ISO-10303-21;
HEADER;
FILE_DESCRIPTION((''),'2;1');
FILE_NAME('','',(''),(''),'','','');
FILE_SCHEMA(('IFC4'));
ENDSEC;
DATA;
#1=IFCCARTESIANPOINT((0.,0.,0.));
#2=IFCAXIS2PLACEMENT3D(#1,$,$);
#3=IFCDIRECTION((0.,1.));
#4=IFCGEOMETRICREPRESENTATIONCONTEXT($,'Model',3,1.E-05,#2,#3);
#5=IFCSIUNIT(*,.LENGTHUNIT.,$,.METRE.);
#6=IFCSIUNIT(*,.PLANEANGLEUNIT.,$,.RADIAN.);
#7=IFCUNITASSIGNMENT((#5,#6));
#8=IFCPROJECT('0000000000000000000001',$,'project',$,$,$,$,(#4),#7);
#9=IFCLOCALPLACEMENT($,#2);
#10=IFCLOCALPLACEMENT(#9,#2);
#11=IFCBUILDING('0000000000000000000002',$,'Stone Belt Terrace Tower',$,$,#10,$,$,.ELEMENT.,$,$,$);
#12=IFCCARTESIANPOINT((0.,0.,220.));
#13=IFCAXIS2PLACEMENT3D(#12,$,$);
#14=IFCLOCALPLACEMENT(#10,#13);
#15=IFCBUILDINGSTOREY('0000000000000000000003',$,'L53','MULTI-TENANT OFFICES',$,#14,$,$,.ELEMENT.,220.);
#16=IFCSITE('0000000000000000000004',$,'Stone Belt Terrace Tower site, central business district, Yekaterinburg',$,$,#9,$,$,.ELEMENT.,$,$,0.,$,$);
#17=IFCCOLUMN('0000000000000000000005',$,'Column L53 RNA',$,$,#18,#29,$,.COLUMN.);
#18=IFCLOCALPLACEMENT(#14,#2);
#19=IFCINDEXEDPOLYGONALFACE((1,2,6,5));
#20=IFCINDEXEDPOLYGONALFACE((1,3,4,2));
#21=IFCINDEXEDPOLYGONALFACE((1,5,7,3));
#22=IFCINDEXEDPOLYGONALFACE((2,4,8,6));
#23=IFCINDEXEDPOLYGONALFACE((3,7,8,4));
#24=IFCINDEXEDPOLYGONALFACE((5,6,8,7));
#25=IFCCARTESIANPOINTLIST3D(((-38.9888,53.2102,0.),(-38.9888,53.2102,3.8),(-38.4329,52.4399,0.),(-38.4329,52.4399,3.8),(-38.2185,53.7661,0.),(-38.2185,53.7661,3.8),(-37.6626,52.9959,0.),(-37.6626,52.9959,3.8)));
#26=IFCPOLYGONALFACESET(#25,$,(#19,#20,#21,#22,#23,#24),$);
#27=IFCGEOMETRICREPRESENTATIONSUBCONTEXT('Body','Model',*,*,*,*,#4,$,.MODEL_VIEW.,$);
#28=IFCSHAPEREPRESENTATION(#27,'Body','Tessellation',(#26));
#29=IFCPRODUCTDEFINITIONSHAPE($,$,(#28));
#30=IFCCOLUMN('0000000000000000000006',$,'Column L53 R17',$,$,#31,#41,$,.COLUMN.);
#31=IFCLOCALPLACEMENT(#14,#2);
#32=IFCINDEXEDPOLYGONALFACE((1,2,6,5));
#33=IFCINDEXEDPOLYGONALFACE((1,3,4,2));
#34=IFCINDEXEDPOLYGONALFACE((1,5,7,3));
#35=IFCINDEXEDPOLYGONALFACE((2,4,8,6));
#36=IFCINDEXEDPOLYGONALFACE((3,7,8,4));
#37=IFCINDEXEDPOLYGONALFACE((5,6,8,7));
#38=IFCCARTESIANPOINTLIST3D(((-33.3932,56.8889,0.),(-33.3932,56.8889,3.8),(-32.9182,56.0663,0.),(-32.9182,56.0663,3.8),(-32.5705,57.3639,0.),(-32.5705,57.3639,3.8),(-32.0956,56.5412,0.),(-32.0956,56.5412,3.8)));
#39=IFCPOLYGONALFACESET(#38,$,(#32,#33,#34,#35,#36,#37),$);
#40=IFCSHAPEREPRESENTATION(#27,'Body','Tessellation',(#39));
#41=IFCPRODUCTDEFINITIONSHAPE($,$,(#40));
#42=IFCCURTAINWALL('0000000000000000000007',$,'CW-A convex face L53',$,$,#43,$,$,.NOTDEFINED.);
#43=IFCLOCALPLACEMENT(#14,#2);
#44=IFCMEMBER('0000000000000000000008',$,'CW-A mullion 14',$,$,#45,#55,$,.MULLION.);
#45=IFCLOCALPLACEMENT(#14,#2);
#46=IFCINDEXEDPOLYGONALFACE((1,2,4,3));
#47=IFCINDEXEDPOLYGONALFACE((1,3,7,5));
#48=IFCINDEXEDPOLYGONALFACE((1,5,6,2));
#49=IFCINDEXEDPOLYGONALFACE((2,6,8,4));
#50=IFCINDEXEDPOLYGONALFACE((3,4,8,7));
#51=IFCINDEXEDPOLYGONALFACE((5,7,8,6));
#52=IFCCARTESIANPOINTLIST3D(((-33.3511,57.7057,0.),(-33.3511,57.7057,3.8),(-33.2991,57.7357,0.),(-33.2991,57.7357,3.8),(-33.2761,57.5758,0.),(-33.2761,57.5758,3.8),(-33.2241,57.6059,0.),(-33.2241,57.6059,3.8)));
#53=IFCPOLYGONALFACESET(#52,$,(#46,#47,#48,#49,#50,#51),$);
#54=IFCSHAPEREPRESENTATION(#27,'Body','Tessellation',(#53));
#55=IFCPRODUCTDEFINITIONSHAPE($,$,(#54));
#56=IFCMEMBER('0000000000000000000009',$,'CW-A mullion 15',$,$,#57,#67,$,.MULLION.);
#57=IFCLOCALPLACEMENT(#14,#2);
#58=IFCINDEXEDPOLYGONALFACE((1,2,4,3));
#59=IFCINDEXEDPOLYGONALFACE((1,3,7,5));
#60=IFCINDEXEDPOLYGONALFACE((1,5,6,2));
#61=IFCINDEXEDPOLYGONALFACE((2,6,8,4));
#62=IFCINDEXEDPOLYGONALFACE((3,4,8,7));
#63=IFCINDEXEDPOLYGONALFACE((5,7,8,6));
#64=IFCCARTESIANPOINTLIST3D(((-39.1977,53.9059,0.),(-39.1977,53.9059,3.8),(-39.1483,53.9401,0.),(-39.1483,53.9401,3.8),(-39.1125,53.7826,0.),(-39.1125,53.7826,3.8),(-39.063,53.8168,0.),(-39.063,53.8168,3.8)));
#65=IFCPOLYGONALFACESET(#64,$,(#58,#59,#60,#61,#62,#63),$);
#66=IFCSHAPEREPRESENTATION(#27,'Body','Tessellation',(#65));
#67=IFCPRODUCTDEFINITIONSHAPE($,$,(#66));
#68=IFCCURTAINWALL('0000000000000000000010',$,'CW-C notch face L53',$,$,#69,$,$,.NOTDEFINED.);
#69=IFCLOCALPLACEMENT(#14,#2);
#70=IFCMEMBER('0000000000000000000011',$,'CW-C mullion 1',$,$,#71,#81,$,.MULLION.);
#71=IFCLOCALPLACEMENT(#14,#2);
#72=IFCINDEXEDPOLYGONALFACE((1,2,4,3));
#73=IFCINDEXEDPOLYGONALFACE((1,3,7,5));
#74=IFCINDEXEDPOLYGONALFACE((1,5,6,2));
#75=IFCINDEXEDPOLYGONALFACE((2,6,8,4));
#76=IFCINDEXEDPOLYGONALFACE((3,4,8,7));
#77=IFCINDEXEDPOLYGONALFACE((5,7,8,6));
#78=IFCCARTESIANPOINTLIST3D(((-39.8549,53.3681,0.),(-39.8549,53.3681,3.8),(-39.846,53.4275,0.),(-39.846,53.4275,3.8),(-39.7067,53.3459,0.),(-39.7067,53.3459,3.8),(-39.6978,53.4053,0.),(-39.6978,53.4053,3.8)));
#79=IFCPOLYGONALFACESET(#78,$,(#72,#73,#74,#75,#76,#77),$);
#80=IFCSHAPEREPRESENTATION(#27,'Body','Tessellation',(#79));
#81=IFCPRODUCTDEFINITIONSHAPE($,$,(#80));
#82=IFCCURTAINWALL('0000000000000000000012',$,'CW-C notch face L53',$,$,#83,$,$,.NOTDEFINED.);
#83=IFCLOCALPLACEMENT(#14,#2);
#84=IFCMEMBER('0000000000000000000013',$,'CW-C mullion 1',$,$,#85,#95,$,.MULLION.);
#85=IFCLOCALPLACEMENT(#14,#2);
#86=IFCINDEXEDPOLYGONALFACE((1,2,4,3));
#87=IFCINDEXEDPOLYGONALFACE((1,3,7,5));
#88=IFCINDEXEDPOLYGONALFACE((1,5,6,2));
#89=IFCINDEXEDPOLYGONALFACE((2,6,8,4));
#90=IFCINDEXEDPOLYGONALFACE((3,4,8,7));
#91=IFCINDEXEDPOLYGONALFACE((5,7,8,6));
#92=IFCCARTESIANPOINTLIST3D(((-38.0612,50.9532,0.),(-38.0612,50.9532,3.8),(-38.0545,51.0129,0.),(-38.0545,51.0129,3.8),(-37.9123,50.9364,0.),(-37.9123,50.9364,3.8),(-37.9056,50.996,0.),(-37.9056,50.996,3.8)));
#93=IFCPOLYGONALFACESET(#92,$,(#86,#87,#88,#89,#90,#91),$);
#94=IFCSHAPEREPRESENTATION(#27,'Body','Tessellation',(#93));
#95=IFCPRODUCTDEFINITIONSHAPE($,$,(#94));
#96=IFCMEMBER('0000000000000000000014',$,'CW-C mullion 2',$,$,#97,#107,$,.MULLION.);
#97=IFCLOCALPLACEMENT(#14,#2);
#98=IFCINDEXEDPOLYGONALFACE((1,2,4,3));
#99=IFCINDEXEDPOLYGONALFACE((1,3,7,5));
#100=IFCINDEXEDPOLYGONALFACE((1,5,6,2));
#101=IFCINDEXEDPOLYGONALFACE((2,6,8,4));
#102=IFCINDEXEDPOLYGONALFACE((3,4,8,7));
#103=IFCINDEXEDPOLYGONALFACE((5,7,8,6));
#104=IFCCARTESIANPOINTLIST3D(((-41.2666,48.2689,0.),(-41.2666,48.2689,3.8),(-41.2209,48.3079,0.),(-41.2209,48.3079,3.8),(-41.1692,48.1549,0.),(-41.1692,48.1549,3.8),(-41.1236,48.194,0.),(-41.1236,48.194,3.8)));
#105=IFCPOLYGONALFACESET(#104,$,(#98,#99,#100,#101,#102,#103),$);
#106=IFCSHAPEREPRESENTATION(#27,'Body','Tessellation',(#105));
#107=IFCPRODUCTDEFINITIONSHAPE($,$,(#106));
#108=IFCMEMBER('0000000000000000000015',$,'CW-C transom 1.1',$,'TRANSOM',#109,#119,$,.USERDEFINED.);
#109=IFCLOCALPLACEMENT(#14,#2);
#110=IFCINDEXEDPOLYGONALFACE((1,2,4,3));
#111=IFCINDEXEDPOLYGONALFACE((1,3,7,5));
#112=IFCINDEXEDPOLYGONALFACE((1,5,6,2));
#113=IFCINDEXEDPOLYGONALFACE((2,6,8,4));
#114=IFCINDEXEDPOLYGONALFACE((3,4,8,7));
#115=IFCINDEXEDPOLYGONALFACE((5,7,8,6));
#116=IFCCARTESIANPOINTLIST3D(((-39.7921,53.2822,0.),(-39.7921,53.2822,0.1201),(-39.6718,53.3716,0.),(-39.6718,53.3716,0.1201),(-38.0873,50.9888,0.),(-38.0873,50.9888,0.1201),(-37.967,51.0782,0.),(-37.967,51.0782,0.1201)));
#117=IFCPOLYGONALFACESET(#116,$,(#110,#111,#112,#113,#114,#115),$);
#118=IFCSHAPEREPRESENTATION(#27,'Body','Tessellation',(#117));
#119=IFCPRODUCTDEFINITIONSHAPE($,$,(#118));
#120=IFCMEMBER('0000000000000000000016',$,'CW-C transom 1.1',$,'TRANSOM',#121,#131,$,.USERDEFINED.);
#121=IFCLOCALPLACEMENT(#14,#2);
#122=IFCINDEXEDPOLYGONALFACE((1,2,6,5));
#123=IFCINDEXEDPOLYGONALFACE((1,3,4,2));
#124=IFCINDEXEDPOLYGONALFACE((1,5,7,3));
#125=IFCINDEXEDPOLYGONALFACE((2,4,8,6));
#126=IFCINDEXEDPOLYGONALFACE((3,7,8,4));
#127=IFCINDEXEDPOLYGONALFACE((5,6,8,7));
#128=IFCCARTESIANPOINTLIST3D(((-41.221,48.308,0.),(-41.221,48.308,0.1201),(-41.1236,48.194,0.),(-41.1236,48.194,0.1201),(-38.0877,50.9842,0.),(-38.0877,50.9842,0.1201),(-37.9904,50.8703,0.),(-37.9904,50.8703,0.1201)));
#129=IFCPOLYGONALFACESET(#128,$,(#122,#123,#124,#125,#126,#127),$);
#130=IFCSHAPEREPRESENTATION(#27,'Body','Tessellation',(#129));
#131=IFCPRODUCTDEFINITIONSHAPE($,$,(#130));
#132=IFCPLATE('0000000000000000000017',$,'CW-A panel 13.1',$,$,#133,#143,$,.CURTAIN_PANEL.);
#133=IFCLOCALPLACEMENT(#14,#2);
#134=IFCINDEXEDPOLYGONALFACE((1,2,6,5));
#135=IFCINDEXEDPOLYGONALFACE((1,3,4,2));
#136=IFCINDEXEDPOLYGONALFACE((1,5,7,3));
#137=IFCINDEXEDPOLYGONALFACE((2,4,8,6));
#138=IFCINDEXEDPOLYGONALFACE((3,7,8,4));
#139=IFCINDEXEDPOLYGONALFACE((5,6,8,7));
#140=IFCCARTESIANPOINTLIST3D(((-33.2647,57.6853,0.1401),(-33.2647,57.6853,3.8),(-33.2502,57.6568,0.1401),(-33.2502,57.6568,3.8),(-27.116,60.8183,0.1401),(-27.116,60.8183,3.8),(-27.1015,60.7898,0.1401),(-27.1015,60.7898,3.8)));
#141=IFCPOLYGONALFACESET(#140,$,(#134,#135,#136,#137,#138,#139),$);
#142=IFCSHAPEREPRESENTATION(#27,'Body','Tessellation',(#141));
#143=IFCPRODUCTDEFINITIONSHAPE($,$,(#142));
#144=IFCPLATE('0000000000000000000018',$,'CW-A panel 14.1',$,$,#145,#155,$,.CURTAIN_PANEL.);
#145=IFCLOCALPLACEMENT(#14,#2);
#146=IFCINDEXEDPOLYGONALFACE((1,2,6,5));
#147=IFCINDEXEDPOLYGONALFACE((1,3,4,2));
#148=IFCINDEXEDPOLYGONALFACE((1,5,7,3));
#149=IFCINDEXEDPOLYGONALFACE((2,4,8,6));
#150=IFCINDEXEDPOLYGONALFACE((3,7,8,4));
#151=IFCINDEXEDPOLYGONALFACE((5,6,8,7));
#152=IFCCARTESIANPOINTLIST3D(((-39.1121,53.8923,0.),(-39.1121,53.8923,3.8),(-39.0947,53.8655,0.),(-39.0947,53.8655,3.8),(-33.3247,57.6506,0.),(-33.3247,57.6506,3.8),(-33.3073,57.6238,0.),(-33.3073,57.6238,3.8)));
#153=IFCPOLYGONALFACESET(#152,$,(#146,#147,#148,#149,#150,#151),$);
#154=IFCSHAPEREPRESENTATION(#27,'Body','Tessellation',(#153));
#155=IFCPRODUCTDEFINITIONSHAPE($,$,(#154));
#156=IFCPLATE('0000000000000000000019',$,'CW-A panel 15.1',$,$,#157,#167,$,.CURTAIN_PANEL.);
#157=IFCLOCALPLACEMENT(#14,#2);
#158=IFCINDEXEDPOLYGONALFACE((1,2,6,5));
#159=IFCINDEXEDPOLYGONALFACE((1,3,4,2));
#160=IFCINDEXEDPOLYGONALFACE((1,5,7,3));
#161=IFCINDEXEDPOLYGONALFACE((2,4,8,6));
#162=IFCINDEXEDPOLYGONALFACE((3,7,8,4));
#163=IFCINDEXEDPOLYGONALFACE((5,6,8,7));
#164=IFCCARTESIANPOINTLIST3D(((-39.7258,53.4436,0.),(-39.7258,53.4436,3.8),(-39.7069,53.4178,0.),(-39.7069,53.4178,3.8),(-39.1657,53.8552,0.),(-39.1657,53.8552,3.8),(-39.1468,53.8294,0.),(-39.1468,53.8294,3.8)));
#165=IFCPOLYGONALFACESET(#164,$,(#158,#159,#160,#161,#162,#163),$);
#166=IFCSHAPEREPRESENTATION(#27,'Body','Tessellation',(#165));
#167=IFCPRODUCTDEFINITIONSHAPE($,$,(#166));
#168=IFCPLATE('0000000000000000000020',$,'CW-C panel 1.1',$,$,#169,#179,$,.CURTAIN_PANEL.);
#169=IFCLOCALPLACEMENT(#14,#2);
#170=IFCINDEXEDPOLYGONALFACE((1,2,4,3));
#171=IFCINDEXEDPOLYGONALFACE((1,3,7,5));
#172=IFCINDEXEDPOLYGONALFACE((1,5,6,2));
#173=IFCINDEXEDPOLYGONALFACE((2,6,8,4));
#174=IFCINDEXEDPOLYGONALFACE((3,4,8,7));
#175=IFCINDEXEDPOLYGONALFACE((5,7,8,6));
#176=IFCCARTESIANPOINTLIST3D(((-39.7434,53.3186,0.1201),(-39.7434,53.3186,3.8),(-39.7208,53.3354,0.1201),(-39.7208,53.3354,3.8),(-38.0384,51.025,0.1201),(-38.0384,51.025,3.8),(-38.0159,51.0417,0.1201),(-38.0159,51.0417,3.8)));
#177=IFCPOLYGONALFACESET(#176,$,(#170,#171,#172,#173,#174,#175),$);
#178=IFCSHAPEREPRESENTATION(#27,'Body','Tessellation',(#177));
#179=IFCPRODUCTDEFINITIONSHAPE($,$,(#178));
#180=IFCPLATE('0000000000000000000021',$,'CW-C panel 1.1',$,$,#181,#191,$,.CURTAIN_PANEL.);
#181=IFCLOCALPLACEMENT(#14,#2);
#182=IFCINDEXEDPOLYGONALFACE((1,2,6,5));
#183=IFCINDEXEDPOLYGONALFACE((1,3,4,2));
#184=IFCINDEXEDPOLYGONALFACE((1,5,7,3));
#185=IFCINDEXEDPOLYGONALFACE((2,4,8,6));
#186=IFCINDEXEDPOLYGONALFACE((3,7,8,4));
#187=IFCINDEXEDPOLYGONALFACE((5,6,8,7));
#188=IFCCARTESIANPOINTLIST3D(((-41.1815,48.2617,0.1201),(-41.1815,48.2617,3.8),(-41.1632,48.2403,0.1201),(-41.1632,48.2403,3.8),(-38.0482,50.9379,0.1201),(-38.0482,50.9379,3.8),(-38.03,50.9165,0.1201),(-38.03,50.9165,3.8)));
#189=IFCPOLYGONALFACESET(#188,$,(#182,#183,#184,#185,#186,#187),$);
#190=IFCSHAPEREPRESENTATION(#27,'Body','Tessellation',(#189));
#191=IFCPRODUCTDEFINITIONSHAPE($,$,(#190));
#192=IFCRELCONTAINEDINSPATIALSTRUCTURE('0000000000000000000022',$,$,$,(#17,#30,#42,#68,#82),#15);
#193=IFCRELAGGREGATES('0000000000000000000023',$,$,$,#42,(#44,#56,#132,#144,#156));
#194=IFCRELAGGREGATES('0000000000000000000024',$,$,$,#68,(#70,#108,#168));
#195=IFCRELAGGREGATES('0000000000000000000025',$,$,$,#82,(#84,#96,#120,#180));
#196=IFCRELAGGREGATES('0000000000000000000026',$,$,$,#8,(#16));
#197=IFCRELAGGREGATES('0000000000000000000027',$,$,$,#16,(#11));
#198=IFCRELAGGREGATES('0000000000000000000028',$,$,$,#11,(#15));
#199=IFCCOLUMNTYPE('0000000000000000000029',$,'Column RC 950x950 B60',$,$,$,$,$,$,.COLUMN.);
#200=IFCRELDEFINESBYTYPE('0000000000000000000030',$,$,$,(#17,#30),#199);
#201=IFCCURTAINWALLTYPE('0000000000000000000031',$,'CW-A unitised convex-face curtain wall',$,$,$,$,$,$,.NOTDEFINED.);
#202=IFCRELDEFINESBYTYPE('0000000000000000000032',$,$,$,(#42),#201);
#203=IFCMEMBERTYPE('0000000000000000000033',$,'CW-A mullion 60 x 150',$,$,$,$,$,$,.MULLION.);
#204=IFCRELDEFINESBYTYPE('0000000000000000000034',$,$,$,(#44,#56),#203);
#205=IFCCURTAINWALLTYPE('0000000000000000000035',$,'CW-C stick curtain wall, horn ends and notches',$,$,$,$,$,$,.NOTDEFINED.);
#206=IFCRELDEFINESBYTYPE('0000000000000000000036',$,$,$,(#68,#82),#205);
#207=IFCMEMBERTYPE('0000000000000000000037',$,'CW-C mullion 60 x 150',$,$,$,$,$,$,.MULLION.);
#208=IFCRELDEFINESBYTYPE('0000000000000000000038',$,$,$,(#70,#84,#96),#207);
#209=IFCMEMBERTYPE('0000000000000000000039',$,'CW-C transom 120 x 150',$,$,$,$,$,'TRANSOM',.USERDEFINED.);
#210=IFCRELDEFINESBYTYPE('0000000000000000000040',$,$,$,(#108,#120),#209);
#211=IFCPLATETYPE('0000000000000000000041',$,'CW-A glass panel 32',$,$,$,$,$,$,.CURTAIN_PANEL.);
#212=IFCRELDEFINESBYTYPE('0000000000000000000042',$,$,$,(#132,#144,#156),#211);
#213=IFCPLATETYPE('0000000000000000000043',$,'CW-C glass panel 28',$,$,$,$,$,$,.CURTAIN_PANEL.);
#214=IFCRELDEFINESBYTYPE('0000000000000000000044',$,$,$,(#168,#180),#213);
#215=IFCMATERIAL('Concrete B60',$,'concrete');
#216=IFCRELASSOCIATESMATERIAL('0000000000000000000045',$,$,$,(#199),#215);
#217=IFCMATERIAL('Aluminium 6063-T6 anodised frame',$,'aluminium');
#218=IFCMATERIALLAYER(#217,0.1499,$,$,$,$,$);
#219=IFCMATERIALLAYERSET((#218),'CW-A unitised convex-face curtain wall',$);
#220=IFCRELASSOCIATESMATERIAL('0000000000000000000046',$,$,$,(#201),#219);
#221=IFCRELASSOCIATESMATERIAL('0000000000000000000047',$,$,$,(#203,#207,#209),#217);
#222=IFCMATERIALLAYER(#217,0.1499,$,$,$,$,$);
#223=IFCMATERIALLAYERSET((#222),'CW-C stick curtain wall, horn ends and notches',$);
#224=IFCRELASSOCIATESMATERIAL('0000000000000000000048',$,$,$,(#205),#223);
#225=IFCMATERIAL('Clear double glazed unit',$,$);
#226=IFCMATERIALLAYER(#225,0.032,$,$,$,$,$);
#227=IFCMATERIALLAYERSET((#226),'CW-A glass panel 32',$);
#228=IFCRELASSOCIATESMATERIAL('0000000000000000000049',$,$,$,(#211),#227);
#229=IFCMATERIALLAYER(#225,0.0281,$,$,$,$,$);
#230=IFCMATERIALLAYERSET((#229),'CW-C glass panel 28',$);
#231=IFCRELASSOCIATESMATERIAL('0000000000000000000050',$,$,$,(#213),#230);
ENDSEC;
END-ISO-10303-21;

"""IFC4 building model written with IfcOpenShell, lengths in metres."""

from ifc_helpers import new_model, si_unit, direction, frame, origin, origin_2d, place, context, subcontext, project, spatial, rectangle, extrude, material, layer, layer_set, material_profile, profile_set, type_object, element, aggregate, save


model = new_model("IFC4")

# Units and contexts
model_context = context("Model", 3, precision=1e-05, world=origin(), true_north=direction((0.0, 1.0)))
body_context = subcontext(model_context, "Body", "Model", "MODEL_VIEW")
ifc_project = project(units=[si_unit("LENGTHUNIT", "METRE"), si_unit("PLANEANGLEUNIT", "RADIAN")], contexts=[model_context])

# Site, building, storey
site_placement = place(None, origin())
site = spatial("IfcSite", under=ifc_project, at=site_placement, Name="Stone Belt Terrace Tower site, central business district, Yekaterinburg", CompositionType="ELEMENT", RefElevation=0.0)
building_placement = place(site_placement, origin())
building = spatial("IfcBuilding", under=site, at=building_placement, Name="Stone Belt Terrace Tower", CompositionType="ELEMENT")
storey_placement = place(building_placement, frame((0.0, 0.0, 220.0)))
storey = spatial("IfcBuildingStorey", under=building, at=storey_placement, Name="L53", Description="MULTI-TENANT OFFICES", CompositionType="ELEMENT", Elevation=220.0)

# Columns
ifc_material_1 = material(Name="Concrete B60", Category="concrete")
ifc_material_profile_1 = material_profile(ifc_material_1, rectangle(XDim=0.95, YDim=0.95, at=origin_2d()), Name="RC 950x950")
ifc_profile_set_1 = profile_set([ifc_material_profile_1], Name="Concrete B60")
column_type = type_object("IfcColumnType", Name="Column RC 950x950 B60", PredefinedType="COLUMN", material=ifc_profile_set_1)
for number, where, z_axis, x_axis, name in (
    (1, (-38.3257, 53.103, 0.0), (0.0, 0.0, 1.0), (0.81087, 0.585227, 0.0), "Column L53 RNA"),
    (2, (-32.7444, 56.7151, 0.0), (0.0, 0.0, 1.0), (0.866025, 0.5, 0.0), "Column L53 R17"),
):
    element("IfcColumn", number, at=place(storey_placement, frame(where, z_axis=z_axis, x_axis=x_axis)), inside=storey, type_object=column_type, Name=name, PredefinedType="COLUMN", context=body_context, shape_type="SweptSolid", body=[
        extrude(rectangle(XDim=0.95, YDim=0.95, at=origin_2d()), origin(), (0.0, 0.0, 1.0), 3.8),
    ])

# Curtain wall, members
ifc_material_2 = material(Name="Aluminium 6063-T6 anodised frame", Category="aluminium")
ifc_layer_1 = layer(ifc_material_2, 0.1499)
ifc_layer_set_1 = layer_set([ifc_layer_1], Name="CW-A unitised convex-face curtain wall")
curtain_wall_type_1 = type_object("IfcCurtainWallType", Name="CW-A unitised convex-face curtain wall", PredefinedType="NOTDEFINED", material=ifc_layer_set_1)
curtain_wall_1_placement = place(storey_placement, origin())
curtain_wall_1 = element("IfcCurtainWall", 3, at=curtain_wall_1_placement, inside=storey, type_object=curtain_wall_type_1, Name="CW-A convex face L53", PredefinedType="NOTDEFINED")
ifc_material_profile_2 = material_profile(ifc_material_2, rectangle(XDim=0.1499, YDim=0.0601, at=origin_2d()), Name="Aluminium 6063-T6 60x150")
ifc_profile_set_2 = profile_set([ifc_material_profile_2], Name="Aluminium 6063-T6 anodised frame")
member_type_1 = type_object("IfcMemberType", Name="CW-A mullion 60 x 150", PredefinedType="MULLION", material=ifc_profile_set_2)
member_1_placement = place(storey_placement, frame((-33.2876, 57.6558, 0.0), z_axis=(0.0, 0.0, 1.0), x_axis=(0.5, -0.866025, 0.0)))
member_1 = element("IfcMember", 4, at=member_1_placement, type_object=member_type_1, Name="CW-A mullion 14", PredefinedType="MULLION", context=body_context, shape_type="SweptSolid", body=[
    extrude(rectangle(XDim=0.1499, YDim=0.0601, at=origin_2d()), origin(), (0.0, 0.0, 1.0), 3.8),
])
member_2_placement = place(storey_placement, frame((-39.1304, 53.8613, 0.0), z_axis=(0.0, 0.0, 1.0), x_axis=(0.568648, -0.822581, 0.0)))
member_2 = element("IfcMember", 5, at=member_2_placement, type_object=member_type_1, Name="CW-A mullion 15", PredefinedType="MULLION", context=body_context, shape_type="SweptSolid", body=[
    extrude(rectangle(XDim=0.1499, YDim=0.0601, at=origin_2d()), origin(), (0.0, 0.0, 1.0), 3.8),
])

# Curtain wall, member
ifc_layer_2 = layer(ifc_material_2, 0.1499)
ifc_layer_set_2 = layer_set([ifc_layer_2], Name="CW-C stick curtain wall, horn ends and notches")
curtain_wall_type_2 = type_object("IfcCurtainWallType", Name="CW-C stick curtain wall, horn ends and notches", PredefinedType="NOTDEFINED", material=ifc_layer_set_2)
curtain_wall_2_placement = place(storey_placement, origin())
curtain_wall_2 = element("IfcCurtainWall", 6, at=curtain_wall_2_placement, inside=storey, type_object=curtain_wall_type_2, Name="CW-C notch face L53", PredefinedType="NOTDEFINED")
ifc_material_profile_3 = material_profile(ifc_material_2, rectangle(XDim=0.1499, YDim=0.0601, at=origin_2d()), Name="Aluminium 6063-T6 60x150")
ifc_profile_set_3 = profile_set([ifc_material_profile_3], Name="Aluminium 6063-T6 anodised frame")
member_type_2 = type_object("IfcMemberType", Name="CW-C mullion 60 x 150", PredefinedType="MULLION", material=ifc_profile_set_3)
member_3_placement = place(storey_placement, frame((-39.7764, 53.3867, 0.0), z_axis=(0.0, 0.0, 1.0), x_axis=(0.988933, -0.148363, 0.0)))
member_3 = element("IfcMember", 7, at=member_3_placement, type_object=member_type_2, Name="CW-C mullion 1", PredefinedType="MULLION", context=body_context, shape_type="SweptSolid", body=[
    extrude(rectangle(XDim=0.1499, YDim=0.0601, at=origin_2d()), origin(), (0.0, 0.0, 1.0), 3.8),
])

# Curtain wall, members
curtain_wall_3_placement = place(storey_placement, origin())
curtain_wall_3 = element("IfcCurtainWall", 8, at=curtain_wall_3_placement, inside=storey, type_object=curtain_wall_type_2, Name="CW-C notch face L53", PredefinedType="NOTDEFINED")
member_4_placement = place(storey_placement, frame((-37.9834, 50.9746, 0.0), z_axis=(0.0, 0.0, 1.0), x_axis=(0.993695, -0.11212, 0.0)))
member_4 = element("IfcMember", 9, at=member_4_placement, type_object=member_type_2, Name="CW-C mullion 1", PredefinedType="MULLION", context=body_context, shape_type="SweptSolid", body=[
    extrude(rectangle(XDim=0.1499, YDim=0.0601, at=origin_2d()), origin(), (0.0, 0.0, 1.0), 3.8),
])
member_5_placement = place(storey_placement, frame((-41.1951, 48.2314, 0.0), z_axis=(0.0, 0.0, 1.0), x_axis=(0.649462, -0.760394, 0.0)))
member_5 = element("IfcMember", 10, at=member_5_placement, type_object=member_type_2, Name="CW-C mullion 2", PredefinedType="MULLION", context=body_context, shape_type="SweptSolid", body=[
    extrude(rectangle(XDim=0.1499, YDim=0.0601, at=origin_2d()), origin(), (0.0, 0.0, 1.0), 3.8),
])

# Members
ifc_material_profile_4 = material_profile(ifc_material_2, rectangle(XDim=0.1499, YDim=0.1201, at=origin_2d()), Name="Aluminium 6063-T6 150x120")
ifc_profile_set_4 = profile_set([ifc_material_profile_4], Name="Aluminium 6063-T6 anodised frame")
member_type_3 = type_object("IfcMemberType", Name="CW-C transom 120 x 150", ElementType="TRANSOM", PredefinedType="USERDEFINED", material=ifc_profile_set_4)
member_6_placement = place(storey_placement, frame((-39.7319, 53.3269, 0.0601), z_axis=(0.596577, -0.802556, 0.0), x_axis=(0.802556, 0.596577, 0.0)))
member_6 = element("IfcMember", 11, at=member_6_placement, type_object=member_type_3, Name="CW-C transom 1.1", ObjectType="TRANSOM", PredefinedType="USERDEFINED", context=body_context, shape_type="SweptSolid", body=[
    extrude(rectangle(XDim=0.1499, YDim=0.1201, at=origin_2d()), origin(), (0.0, 0.0, 1.0), 2.8577),
])
member_7_placement = place(storey_placement, frame((-38.0391, 50.9272, 0.0601), z_axis=(-0.760385, -0.649473, 0.0), x_axis=(0.649473, -0.760385, 0.0)))
member_7 = element("IfcMember", 12, at=member_7_placement, type_object=member_type_3, Name="CW-C transom 1.1", ObjectType="TRANSOM", PredefinedType="USERDEFINED", context=body_context, shape_type="SweptSolid", body=[
    extrude(rectangle(XDim=0.1499, YDim=0.1201, at=origin_2d()), origin(), (0.0, 0.0, 1.0), 4.1206),
])

# Plates
ifc_material_3 = material(Name="Clear double glazed unit")
ifc_layer_3 = layer(ifc_material_3, 0.032)
ifc_layer_set_3 = layer_set([ifc_layer_3], Name="CW-A glass panel 32")
plate_type_1 = type_object("IfcPlateType", Name="CW-A glass panel 32", PredefinedType="CURTAIN_PANEL", material=ifc_layer_set_3)
plate_1_placement = place(storey_placement, frame((-30.1831, 59.2375, 0.1401), z_axis=(0.0, 0.0, 1.0), x_axis=(-0.891007, -0.45399, 0.0)))
plate_1 = element("IfcPlate", 13, at=plate_1_placement, type_object=plate_type_1, Name="CW-A panel 13.1", PredefinedType="CURTAIN_PANEL", context=body_context, shape_type="SweptSolid", body=[
    extrude(rectangle(XDim=6.9009, YDim=0.032, at=origin_2d()), origin(), (0.0, 0.0, 1.0), 3.6599),
])
plate_2_placement = place(storey_placement, frame((-36.2097, 55.7581, 0.0), z_axis=(0.0, 0.0, 1.0), x_axis=(-0.838671, -0.544639, 0.0)))
plate_2 = element("IfcPlate", 14, at=plate_2_placement, type_object=plate_type_1, Name="CW-A panel 14.1", PredefinedType="CURTAIN_PANEL", context=body_context, shape_type="SweptSolid", body=[
    extrude(rectangle(XDim=6.9006, YDim=0.032, at=origin_2d()), origin(), (0.0, 0.0, 1.0), 3.8),
])
plate_3_placement = place(storey_placement, frame((-39.4363, 53.6365, 0.0), z_axis=(0.0, 0.0, 1.0), x_axis=(-0.805805, -0.592181, 0.0)))
plate_3 = element("IfcPlate", 15, at=plate_3_placement, type_object=plate_type_1, Name="CW-A panel 15.1", PredefinedType="CURTAIN_PANEL", context=body_context, shape_type="SweptSolid", body=[
    extrude(rectangle(XDim=0.6951, YDim=0.032, at=origin_2d()), origin(), (0.0, 0.0, 1.0), 3.8),
])
aggregate(curtain_wall_1, [member_1, member_2, plate_1, plate_2, plate_3])
ifc_layer_4 = layer(ifc_material_3, 0.0281)
ifc_layer_set_4 = layer_set([ifc_layer_4], Name="CW-C glass panel 28")
plate_type_2 = type_object("IfcPlateType", Name="CW-C glass panel 28", PredefinedType="CURTAIN_PANEL", material=ifc_layer_set_4)
plate_4_placement = place(storey_placement, frame((-38.8796, 52.1802, 0.1201), z_axis=(0.0, 0.0, 1.0), x_axis=(0.596559, -0.802569, 0.0)))
plate_4 = element("IfcPlate", 16, at=plate_4_placement, type_object=plate_type_2, Name="CW-C panel 1.1", PredefinedType="CURTAIN_PANEL", context=body_context, shape_type="SweptSolid", body=[
    extrude(rectangle(XDim=2.8579, YDim=0.0281, at=origin_2d()), origin(), (0.0, 0.0, 1.0), 3.6799),
])
aggregate(curtain_wall_2, [member_3, member_6, plate_4])
plate_5_placement = place(storey_placement, frame((-39.6057, 49.5891, 0.1201), z_axis=(0.0, 0.0, 1.0), x_axis=(-0.760394, -0.649462, 0.0)))
plate_5 = element("IfcPlate", 17, at=plate_5_placement, type_object=plate_type_2, Name="CW-C panel 1.1", PredefinedType="CURTAIN_PANEL", context=body_context, shape_type="SweptSolid", body=[
    extrude(rectangle(XDim=4.1206, YDim=0.0281, at=origin_2d()), origin(), (0.0, 0.0, 1.0), 3.6799),
])
aggregate(curtain_wall_3, [member_4, member_5, member_7, plate_5])

save(model, "model.ifc")
